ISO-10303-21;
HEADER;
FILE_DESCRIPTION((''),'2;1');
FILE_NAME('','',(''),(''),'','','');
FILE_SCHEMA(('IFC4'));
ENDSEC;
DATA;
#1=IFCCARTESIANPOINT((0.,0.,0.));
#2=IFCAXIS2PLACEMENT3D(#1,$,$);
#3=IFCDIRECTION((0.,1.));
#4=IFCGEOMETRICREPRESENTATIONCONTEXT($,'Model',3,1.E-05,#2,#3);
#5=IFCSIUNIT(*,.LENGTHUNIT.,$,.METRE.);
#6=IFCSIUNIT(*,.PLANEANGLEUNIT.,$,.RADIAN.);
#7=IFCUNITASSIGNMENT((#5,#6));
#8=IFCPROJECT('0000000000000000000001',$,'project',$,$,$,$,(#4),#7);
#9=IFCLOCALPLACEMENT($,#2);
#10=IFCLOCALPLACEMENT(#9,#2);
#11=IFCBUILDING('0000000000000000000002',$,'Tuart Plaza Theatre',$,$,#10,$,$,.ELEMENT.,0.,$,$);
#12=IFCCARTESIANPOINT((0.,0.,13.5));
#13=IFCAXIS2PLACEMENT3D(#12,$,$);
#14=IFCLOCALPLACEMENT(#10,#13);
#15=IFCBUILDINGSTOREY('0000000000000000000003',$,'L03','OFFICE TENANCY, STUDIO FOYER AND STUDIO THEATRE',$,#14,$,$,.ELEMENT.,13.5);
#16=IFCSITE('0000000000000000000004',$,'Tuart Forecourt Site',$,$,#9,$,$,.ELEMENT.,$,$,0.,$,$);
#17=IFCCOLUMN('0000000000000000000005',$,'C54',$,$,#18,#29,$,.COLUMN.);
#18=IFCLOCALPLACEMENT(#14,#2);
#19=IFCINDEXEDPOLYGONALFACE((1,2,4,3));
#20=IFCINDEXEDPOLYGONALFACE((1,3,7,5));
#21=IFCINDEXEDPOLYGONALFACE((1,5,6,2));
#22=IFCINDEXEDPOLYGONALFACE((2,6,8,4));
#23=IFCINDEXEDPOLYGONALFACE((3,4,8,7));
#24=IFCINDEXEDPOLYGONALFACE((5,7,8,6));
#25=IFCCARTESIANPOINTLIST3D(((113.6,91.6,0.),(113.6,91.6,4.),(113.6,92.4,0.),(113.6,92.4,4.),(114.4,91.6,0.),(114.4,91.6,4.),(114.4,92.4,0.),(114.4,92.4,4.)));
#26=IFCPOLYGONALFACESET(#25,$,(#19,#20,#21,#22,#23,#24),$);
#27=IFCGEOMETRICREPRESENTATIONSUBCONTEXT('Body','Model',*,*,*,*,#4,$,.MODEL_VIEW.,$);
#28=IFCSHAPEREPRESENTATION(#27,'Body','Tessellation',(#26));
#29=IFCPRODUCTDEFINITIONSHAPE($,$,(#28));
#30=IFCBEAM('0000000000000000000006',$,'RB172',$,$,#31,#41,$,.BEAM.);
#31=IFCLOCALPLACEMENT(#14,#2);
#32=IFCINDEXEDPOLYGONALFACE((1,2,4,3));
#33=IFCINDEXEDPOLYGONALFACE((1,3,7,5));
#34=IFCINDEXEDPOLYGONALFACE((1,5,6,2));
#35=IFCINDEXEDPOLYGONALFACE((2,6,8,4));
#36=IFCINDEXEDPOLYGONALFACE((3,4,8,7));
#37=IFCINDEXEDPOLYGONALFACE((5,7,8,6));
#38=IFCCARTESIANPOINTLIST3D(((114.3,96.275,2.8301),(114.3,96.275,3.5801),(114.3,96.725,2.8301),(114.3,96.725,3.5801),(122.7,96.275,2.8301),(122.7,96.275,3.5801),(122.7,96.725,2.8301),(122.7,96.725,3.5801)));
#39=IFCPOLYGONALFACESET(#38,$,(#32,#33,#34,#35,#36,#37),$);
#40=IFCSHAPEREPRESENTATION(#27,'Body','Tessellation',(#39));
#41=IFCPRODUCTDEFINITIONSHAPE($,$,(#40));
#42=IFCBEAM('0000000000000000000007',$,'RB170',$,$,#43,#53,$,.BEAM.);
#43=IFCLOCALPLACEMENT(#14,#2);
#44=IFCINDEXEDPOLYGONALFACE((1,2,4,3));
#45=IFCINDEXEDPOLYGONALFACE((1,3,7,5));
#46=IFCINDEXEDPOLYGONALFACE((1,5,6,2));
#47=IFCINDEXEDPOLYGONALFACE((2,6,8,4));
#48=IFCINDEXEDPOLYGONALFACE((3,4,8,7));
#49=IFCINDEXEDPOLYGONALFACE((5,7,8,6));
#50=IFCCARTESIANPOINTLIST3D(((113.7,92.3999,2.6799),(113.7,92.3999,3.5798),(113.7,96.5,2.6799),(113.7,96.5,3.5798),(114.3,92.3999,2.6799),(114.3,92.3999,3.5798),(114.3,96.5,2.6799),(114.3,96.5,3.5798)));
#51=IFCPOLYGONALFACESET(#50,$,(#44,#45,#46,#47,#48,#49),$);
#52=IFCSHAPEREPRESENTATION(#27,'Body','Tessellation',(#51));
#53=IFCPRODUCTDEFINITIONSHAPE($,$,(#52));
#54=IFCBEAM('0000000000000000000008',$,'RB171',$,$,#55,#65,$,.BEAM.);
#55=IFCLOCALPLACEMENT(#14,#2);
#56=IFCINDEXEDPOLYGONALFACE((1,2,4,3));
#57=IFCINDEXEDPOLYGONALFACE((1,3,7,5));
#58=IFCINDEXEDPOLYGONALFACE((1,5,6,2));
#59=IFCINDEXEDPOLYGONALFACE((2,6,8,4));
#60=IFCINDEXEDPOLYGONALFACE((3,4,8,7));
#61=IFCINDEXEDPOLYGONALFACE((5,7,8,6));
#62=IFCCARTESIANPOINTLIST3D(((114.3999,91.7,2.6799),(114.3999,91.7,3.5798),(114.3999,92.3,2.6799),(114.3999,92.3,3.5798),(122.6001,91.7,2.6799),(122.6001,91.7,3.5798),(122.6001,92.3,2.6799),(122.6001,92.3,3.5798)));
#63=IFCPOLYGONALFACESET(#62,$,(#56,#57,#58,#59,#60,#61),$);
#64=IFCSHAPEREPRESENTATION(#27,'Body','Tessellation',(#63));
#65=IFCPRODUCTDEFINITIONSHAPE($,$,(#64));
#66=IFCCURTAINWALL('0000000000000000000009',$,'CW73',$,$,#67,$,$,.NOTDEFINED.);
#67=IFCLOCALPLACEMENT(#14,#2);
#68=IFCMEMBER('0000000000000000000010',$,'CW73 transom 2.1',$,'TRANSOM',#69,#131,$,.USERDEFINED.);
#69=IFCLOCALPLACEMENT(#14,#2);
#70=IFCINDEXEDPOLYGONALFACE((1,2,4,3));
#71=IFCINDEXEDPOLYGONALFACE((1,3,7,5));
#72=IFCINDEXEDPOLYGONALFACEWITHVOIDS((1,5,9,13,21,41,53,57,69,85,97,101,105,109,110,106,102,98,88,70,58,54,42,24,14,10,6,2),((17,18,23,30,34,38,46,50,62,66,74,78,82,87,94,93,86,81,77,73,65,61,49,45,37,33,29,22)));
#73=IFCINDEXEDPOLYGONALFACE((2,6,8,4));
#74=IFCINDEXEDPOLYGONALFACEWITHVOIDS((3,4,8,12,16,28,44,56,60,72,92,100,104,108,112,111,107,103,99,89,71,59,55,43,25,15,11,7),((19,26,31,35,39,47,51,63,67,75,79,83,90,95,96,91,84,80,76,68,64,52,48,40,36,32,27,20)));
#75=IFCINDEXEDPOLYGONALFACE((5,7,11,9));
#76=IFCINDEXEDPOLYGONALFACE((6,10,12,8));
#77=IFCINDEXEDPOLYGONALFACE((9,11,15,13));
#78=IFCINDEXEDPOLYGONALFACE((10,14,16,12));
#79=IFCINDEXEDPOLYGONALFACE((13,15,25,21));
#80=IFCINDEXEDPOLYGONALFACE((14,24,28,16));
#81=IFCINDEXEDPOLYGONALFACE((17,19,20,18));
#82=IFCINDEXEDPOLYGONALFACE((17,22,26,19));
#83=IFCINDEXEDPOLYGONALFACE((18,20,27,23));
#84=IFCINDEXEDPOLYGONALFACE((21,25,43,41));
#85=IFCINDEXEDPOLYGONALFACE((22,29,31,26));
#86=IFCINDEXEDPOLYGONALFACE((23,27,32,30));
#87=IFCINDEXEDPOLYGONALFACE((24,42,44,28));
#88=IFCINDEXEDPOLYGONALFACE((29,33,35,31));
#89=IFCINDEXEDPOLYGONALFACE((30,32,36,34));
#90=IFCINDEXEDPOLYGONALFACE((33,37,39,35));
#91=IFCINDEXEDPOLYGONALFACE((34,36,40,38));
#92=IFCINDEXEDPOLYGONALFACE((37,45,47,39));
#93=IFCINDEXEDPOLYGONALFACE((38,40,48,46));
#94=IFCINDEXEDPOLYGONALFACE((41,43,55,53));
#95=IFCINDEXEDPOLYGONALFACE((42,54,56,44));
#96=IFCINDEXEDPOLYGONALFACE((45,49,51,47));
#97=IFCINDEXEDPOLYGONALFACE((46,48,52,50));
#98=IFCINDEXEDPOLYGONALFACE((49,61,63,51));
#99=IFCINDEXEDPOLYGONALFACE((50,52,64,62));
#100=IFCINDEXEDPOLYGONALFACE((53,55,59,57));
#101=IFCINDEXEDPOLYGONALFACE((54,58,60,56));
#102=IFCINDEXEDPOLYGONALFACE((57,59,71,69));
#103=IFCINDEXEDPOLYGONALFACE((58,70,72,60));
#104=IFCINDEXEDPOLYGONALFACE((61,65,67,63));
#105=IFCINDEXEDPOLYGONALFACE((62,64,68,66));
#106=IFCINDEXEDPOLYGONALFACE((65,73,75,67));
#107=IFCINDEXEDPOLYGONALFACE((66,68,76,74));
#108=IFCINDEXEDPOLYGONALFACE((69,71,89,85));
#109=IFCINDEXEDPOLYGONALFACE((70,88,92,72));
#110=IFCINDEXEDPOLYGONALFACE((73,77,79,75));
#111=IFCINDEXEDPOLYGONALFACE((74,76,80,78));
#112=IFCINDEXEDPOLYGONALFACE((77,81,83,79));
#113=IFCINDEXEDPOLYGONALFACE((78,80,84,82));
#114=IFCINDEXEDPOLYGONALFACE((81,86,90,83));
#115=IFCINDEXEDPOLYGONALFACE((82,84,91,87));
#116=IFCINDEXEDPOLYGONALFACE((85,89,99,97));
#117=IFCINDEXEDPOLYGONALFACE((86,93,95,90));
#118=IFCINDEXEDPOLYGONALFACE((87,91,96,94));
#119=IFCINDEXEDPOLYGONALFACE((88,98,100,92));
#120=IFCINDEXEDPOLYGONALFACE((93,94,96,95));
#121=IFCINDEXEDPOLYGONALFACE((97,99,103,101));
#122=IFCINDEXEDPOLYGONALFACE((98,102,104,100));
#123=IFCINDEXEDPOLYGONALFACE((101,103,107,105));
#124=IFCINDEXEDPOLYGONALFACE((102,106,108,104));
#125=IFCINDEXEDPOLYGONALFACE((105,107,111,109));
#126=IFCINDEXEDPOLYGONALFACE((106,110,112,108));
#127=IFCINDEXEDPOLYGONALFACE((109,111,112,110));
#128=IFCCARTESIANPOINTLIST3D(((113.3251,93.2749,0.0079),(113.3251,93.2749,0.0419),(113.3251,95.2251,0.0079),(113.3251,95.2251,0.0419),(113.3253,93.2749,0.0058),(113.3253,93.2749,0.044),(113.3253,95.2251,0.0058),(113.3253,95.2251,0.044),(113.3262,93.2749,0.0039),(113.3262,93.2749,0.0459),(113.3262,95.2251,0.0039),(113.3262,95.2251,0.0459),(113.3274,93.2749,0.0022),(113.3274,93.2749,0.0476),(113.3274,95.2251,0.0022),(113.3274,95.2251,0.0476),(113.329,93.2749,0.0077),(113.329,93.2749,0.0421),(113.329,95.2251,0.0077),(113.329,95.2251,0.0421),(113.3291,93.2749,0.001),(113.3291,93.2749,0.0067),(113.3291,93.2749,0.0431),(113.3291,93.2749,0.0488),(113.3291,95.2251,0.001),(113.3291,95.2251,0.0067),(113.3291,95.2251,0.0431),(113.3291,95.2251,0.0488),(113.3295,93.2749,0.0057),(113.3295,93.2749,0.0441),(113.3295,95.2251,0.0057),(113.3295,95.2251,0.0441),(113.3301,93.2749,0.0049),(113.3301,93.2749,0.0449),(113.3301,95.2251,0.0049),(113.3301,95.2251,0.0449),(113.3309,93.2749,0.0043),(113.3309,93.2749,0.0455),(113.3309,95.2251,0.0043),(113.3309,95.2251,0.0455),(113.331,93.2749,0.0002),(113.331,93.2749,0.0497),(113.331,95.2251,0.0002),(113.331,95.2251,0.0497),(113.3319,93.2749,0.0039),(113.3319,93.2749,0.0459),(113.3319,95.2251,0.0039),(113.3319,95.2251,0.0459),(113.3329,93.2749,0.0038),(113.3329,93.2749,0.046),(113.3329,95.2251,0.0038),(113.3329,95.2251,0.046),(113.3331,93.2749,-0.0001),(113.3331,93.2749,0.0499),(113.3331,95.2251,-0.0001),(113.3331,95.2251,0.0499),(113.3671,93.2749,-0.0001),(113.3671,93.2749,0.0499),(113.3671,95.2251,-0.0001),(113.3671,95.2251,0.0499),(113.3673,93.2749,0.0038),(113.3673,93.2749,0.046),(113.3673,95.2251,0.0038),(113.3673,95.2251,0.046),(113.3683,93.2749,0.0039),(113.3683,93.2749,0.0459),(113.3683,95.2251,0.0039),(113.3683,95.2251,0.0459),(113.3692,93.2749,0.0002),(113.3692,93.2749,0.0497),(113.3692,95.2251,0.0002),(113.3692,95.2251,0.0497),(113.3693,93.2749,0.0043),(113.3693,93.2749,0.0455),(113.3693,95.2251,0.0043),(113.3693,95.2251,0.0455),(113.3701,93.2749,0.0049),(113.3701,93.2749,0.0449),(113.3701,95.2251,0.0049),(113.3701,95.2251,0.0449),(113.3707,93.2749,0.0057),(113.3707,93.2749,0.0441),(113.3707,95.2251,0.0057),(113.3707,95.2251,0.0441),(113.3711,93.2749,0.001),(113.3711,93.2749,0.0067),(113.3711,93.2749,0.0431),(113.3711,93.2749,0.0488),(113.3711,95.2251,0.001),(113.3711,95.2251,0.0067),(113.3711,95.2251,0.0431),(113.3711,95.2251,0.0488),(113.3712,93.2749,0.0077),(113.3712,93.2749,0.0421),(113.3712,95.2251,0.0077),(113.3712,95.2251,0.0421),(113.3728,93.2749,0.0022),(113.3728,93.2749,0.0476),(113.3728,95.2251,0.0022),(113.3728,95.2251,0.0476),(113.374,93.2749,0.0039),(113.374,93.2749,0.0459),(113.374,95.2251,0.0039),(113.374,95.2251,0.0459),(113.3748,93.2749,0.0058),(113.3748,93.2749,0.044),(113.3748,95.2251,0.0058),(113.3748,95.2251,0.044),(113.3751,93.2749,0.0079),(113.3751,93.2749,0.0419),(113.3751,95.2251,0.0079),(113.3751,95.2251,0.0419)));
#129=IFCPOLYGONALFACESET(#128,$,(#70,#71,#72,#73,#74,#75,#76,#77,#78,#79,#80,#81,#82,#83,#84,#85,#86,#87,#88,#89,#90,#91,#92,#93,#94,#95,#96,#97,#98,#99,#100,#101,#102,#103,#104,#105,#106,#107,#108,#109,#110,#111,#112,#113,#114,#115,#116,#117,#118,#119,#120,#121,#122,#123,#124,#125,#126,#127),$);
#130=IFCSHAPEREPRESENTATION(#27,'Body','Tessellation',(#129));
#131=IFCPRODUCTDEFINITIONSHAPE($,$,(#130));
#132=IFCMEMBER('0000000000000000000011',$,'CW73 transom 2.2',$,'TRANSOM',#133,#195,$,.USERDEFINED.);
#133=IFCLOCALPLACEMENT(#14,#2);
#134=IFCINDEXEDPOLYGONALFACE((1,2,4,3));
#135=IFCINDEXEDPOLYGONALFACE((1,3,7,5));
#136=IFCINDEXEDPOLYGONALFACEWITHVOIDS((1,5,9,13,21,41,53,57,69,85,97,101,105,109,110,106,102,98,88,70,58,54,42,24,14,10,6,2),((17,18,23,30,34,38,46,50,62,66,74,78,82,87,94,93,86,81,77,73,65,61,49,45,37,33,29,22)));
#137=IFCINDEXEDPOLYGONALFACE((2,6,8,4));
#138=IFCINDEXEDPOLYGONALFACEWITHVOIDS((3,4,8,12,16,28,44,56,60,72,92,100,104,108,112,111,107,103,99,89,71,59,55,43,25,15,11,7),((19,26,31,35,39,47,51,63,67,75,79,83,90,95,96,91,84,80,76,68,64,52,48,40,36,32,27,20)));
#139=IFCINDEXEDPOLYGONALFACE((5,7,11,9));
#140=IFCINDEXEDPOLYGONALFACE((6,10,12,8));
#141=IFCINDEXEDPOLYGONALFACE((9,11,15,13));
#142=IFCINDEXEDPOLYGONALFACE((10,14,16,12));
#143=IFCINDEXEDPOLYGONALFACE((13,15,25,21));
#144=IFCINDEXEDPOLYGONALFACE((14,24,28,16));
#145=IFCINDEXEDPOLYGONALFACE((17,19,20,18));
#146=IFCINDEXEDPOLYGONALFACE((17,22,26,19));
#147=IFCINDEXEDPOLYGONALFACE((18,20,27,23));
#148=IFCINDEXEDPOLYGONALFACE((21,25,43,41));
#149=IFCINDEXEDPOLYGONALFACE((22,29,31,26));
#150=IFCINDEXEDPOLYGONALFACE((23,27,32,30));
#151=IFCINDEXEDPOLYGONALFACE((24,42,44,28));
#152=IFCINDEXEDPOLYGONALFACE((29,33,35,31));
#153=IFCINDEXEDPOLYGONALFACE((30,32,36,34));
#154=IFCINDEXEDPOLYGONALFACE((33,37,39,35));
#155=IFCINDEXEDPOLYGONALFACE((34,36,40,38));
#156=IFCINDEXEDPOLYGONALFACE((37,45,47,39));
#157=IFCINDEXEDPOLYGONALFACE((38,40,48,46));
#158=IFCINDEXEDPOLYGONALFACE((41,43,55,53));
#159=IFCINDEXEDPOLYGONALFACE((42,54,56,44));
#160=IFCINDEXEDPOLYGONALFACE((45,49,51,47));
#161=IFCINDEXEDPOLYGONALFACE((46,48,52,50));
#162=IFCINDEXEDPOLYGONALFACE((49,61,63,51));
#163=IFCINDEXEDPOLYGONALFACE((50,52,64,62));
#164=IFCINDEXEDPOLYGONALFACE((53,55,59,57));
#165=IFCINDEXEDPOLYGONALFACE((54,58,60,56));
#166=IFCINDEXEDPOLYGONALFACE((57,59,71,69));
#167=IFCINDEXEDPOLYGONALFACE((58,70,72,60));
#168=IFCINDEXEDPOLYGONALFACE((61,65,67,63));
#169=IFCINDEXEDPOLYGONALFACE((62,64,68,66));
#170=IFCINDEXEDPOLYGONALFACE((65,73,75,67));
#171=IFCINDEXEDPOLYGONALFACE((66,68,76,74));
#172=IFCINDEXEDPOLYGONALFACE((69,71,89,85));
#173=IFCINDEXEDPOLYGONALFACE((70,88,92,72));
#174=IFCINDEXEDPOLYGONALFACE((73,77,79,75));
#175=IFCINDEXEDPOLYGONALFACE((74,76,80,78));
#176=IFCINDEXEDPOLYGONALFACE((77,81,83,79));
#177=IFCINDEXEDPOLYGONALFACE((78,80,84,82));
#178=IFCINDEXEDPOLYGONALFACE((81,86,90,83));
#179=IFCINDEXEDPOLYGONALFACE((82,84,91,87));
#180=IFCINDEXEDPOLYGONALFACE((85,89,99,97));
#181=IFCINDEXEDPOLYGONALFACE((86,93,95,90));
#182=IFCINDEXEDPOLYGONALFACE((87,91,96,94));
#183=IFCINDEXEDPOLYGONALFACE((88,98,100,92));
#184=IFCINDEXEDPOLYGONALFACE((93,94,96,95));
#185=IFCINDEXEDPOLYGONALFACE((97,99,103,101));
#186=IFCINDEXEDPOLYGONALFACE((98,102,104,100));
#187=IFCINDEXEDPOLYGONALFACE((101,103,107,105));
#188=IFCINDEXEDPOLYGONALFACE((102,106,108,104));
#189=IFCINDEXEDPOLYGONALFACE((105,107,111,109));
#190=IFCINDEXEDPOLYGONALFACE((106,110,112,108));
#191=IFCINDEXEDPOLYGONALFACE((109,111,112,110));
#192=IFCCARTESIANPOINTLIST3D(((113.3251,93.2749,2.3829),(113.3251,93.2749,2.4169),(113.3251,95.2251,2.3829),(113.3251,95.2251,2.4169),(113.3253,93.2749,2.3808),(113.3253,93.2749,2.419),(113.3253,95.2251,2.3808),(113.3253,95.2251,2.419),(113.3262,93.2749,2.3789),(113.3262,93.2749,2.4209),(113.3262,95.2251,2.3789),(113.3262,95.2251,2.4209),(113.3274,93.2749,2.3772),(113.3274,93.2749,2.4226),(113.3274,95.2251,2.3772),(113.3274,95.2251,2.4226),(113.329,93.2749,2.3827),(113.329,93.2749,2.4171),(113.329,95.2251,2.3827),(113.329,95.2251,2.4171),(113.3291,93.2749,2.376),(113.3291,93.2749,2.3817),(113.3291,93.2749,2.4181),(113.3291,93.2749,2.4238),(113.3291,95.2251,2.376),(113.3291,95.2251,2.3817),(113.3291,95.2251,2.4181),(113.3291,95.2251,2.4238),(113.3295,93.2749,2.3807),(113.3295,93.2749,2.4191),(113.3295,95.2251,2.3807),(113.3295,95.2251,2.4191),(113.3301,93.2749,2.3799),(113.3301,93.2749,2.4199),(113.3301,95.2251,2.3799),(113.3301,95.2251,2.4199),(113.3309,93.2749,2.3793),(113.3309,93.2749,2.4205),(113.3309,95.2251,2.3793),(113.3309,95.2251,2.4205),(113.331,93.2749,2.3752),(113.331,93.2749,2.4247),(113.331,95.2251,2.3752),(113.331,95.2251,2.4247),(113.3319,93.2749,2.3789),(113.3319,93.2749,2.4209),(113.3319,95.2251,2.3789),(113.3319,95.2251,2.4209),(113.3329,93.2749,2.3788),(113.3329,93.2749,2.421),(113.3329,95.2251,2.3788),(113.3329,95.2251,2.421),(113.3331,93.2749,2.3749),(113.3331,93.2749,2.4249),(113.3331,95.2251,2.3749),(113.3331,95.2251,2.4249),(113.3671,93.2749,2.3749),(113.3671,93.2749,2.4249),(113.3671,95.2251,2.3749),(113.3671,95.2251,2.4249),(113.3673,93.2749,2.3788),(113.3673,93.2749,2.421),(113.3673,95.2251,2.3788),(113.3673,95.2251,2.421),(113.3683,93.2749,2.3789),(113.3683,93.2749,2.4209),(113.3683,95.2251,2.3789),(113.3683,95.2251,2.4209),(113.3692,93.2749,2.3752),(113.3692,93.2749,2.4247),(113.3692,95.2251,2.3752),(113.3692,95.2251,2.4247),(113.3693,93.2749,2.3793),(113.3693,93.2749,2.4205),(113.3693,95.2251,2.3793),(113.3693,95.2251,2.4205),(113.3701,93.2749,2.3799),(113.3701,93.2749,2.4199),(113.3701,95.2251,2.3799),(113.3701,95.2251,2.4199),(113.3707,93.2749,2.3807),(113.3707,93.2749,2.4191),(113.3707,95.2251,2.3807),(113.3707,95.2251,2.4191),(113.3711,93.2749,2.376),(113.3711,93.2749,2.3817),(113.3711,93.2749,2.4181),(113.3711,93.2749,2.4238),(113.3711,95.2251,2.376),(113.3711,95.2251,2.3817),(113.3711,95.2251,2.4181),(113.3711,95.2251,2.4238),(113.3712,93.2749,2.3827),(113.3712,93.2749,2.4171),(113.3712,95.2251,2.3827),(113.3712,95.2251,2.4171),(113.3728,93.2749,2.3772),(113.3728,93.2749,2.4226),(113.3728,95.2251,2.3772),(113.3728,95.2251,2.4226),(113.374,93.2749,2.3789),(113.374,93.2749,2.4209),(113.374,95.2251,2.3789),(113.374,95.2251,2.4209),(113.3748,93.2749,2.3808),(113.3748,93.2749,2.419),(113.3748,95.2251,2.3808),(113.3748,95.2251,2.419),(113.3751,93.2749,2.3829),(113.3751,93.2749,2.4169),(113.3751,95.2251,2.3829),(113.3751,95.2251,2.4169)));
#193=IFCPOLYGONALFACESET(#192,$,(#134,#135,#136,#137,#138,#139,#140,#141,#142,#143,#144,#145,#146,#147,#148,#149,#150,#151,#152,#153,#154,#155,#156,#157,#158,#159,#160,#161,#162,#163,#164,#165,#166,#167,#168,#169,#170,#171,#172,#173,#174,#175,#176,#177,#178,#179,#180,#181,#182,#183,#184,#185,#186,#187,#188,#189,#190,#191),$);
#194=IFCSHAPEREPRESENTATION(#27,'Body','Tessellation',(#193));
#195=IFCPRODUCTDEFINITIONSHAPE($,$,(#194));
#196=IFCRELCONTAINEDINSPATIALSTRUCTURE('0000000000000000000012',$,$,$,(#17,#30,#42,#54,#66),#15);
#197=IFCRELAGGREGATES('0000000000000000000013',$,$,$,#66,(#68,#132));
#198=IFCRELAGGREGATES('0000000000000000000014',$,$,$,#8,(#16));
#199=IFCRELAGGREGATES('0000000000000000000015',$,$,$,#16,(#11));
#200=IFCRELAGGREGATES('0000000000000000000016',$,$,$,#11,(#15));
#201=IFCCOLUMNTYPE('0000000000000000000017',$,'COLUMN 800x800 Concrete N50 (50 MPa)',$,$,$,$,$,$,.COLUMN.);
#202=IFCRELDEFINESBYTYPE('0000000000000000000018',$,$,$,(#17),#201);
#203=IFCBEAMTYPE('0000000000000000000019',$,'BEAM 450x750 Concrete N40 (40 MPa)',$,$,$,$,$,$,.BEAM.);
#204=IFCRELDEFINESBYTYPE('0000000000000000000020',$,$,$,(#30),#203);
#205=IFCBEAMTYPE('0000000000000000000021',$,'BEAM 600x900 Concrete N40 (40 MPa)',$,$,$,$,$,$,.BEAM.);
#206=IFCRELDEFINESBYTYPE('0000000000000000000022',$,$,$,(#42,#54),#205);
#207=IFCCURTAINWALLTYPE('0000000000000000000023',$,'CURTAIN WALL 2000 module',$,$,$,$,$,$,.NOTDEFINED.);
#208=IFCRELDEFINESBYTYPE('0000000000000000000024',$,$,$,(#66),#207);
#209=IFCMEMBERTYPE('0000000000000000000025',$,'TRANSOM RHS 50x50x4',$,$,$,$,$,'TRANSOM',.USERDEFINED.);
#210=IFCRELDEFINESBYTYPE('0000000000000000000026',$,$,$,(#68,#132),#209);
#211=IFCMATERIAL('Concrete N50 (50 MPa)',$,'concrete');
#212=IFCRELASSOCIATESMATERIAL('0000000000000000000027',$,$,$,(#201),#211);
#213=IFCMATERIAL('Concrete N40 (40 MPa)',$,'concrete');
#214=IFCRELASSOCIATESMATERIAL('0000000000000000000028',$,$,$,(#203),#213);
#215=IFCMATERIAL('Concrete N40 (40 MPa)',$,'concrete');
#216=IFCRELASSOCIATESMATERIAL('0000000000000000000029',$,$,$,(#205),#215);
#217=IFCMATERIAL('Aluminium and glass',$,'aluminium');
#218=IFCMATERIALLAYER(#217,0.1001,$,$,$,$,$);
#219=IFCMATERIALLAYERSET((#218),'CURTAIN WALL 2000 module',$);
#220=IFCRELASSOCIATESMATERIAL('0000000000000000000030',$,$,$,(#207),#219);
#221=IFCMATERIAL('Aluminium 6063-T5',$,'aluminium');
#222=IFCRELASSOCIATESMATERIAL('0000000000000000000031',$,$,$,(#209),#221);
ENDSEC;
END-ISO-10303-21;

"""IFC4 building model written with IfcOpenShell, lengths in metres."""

from ifc_helpers import new_model, si_unit, direction, frame, origin, origin_2d, place, context, subcontext, project, spatial, rectangle, hollow_rectangle, extrude, material, layer, layer_set, material_profile, profile_set, type_object, element, aggregate, save


model = new_model("IFC4")

# Units and contexts
model_context = context("Model", 3, precision=1e-05, world=origin(), true_north=direction((0.0, 1.0)))
body_context = subcontext(model_context, "Body", "Model", "MODEL_VIEW")
ifc_project = project(units=[si_unit("LENGTHUNIT", "METRE"), si_unit("PLANEANGLEUNIT", "RADIAN")], contexts=[model_context])

# Site, building, storey
site_placement = place(None, origin())
site = spatial("IfcSite", under=ifc_project, at=site_placement, Name="Tuart Forecourt Site", CompositionType="ELEMENT", RefElevation=0.0)
building_placement = place(site_placement, origin())
building = spatial("IfcBuilding", under=site, at=building_placement, Name="Tuart Plaza Theatre", CompositionType="ELEMENT", ElevationOfRefHeight=0.0)
storey_placement = place(building_placement, frame((0.0, 0.0, 13.5)))
storey = spatial("IfcBuildingStorey", under=building, at=storey_placement, Name="L03", Description="OFFICE TENANCY, STUDIO FOYER AND STUDIO THEATRE", CompositionType="ELEMENT", Elevation=13.5)

# Column
ifc_material_1 = material(Name="Concrete N50 (50 MPa)", Category="concrete")
ifc_material_profile_1 = material_profile(ifc_material_1, rectangle(XDim=0.8, YDim=0.8, at=origin_2d()), Name="COLUMN 800x800 Concrete N50 (50 MPa)")
ifc_profile_set_1 = profile_set([ifc_material_profile_1], Name="Concrete N50 (50 MPa)")
column_type = type_object("IfcColumnType", Name="COLUMN 800x800 Concrete N50 (50 MPa)", PredefinedType="COLUMN", material=ifc_profile_set_1)
column_placement = place(storey_placement, frame((114.0, 92.0, 0.0), z_axis=(0.0, 0.0, 1.0), x_axis=(1.0, 0.0, 0.0)))
element("IfcColumn", 1, at=column_placement, inside=storey, type_object=column_type, Name="C54", PredefinedType="COLUMN", context=body_context, shape_type="SweptSolid", body=[
    extrude(rectangle(XDim=0.8, YDim=0.8, at=origin_2d()), origin(), (0.0, 0.0, 1.0), 4.0),
])

# Beams
ifc_material_2 = material(Name="Concrete N40 (40 MPa)", Category="concrete")
ifc_material_profile_2 = material_profile(ifc_material_2, rectangle(XDim=0.45, YDim=0.75, at=origin_2d()), Name="BEAM 450x750 Concrete N40 (40 MPa)")
ifc_profile_set_2 = profile_set([ifc_material_profile_2], Name="Concrete N40 (40 MPa)")
beam_type_1 = type_object("IfcBeamType", Name="BEAM 450x750 Concrete N40 (40 MPa)", PredefinedType="BEAM", material=ifc_profile_set_2)
beam_1_placement = place(storey_placement, frame((114.3, 96.5, 3.2051), z_axis=(1.0, 0.0, 0.0), x_axis=(0.0, 1.0, 0.0)))
element("IfcBeam", 2, at=beam_1_placement, inside=storey, type_object=beam_type_1, Name="RB172", PredefinedType="BEAM", context=body_context, shape_type="SweptSolid", body=[
    extrude(rectangle(XDim=0.45, YDim=0.75, at=origin_2d()), origin(), (0.0, 0.0, 1.0), 8.3999),
])
ifc_material_3 = material(Name="Concrete N40 (40 MPa)", Category="concrete")
ifc_material_profile_3 = material_profile(ifc_material_3, rectangle(XDim=0.6001, YDim=0.8999, at=origin_2d()), Name="BEAM 600x900 Concrete N40 (40 MPa)")
ifc_profile_set_3 = profile_set([ifc_material_profile_3], Name="Concrete N40 (40 MPa)")
beam_type_2 = type_object("IfcBeamType", Name="BEAM 600x900 Concrete N40 (40 MPa)", PredefinedType="BEAM", material=ifc_profile_set_3)
beam_2_placement = place(storey_placement, frame((114.0, 92.3999, 3.1299), z_axis=(0.0, 1.0, 0.0), x_axis=(-1.0, 0.0, 0.0)))
element("IfcBeam", 3, at=beam_2_placement, inside=storey, type_object=beam_type_2, Name="RB170", PredefinedType="BEAM", context=body_context, shape_type="SweptSolid", body=[
    extrude(rectangle(XDim=0.6001, YDim=0.8999, at=origin_2d()), origin(), (0.0, 0.0, 1.0), 4.1001),
])
beam_3_placement = place(storey_placement, frame((114.3999, 92.0, 3.1299), z_axis=(1.0, 0.0, 0.0), x_axis=(0.0, 1.0, 0.0)))
element("IfcBeam", 4, at=beam_3_placement, inside=storey, type_object=beam_type_2, Name="RB171", PredefinedType="BEAM", context=body_context, shape_type="SweptSolid", body=[
    extrude(rectangle(XDim=0.6001, YDim=0.8999, at=origin_2d()), origin(), (0.0, 0.0, 1.0), 8.2002),
])

# Curtain wall, members
ifc_material_4 = material(Name="Aluminium and glass", Category="aluminium")
ifc_layer_1 = layer(ifc_material_4, 0.1001)
ifc_layer_set_1 = layer_set([ifc_layer_1], Name="CURTAIN WALL 2000 module")
curtain_wall_type = type_object("IfcCurtainWallType", Name="CURTAIN WALL 2000 module", PredefinedType="NOTDEFINED", material=ifc_layer_set_1)
curtain_wall_placement = place(storey_placement, origin())
curtain_wall = element("IfcCurtainWall", 5, at=curtain_wall_placement, inside=storey, type_object=curtain_wall_type, Name="CW73", PredefinedType="NOTDEFINED")
ifc_material_5 = material(Name="Aluminium 6063-T5", Category="aluminium")
ifc_material_profile_4 = material_profile(ifc_material_5, hollow_rectangle(XDim=0.05, YDim=0.05, WallThickness=0.0039, InnerFilletRadius=0.0039, OuterFilletRadius=0.0081, at=origin_2d()), Name="RHS 50x50x4")
ifc_profile_set_4 = profile_set([ifc_material_profile_4], Name="Aluminium 6063-T5")
member_type = type_object("IfcMemberType", Name="TRANSOM RHS 50x50x4", ElementType="TRANSOM", PredefinedType="USERDEFINED", material=ifc_profile_set_4)
member_1_placement = place(storey_placement, frame((113.3501, 95.2251, 0.0249), z_axis=(0.0, -1.0, 0.0), x_axis=(1.0, 0.0, 0.0)))
member_1 = element("IfcMember", 6, at=member_1_placement, type_object=member_type, Name="CW73 transom 2.1", ObjectType="TRANSOM", PredefinedType="USERDEFINED", context=body_context, shape_type="SweptSolid", body=[
    extrude(hollow_rectangle(XDim=0.05, YDim=0.05, WallThickness=0.0039, InnerFilletRadius=0.0039, OuterFilletRadius=0.0081, at=origin_2d()), origin(), (0.0, 0.0, 1.0), 1.9502),
])
member_2_placement = place(storey_placement, frame((113.3501, 95.2251, 2.3999), z_axis=(0.0, -1.0, 0.0), x_axis=(1.0, 0.0, 0.0)))
member_2 = element("IfcMember", 7, at=member_2_placement, type_object=member_type, Name="CW73 transom 2.2", ObjectType="TRANSOM", PredefinedType="USERDEFINED", context=body_context, shape_type="SweptSolid", body=[
    extrude(hollow_rectangle(XDim=0.05, YDim=0.05, WallThickness=0.0039, InnerFilletRadius=0.0039, OuterFilletRadius=0.0081, at=origin_2d()), origin(), (0.0, 0.0, 1.0), 1.9502),
])
aggregate(curtain_wall, [member_1, member_2])

save(model, "model.ifc")
